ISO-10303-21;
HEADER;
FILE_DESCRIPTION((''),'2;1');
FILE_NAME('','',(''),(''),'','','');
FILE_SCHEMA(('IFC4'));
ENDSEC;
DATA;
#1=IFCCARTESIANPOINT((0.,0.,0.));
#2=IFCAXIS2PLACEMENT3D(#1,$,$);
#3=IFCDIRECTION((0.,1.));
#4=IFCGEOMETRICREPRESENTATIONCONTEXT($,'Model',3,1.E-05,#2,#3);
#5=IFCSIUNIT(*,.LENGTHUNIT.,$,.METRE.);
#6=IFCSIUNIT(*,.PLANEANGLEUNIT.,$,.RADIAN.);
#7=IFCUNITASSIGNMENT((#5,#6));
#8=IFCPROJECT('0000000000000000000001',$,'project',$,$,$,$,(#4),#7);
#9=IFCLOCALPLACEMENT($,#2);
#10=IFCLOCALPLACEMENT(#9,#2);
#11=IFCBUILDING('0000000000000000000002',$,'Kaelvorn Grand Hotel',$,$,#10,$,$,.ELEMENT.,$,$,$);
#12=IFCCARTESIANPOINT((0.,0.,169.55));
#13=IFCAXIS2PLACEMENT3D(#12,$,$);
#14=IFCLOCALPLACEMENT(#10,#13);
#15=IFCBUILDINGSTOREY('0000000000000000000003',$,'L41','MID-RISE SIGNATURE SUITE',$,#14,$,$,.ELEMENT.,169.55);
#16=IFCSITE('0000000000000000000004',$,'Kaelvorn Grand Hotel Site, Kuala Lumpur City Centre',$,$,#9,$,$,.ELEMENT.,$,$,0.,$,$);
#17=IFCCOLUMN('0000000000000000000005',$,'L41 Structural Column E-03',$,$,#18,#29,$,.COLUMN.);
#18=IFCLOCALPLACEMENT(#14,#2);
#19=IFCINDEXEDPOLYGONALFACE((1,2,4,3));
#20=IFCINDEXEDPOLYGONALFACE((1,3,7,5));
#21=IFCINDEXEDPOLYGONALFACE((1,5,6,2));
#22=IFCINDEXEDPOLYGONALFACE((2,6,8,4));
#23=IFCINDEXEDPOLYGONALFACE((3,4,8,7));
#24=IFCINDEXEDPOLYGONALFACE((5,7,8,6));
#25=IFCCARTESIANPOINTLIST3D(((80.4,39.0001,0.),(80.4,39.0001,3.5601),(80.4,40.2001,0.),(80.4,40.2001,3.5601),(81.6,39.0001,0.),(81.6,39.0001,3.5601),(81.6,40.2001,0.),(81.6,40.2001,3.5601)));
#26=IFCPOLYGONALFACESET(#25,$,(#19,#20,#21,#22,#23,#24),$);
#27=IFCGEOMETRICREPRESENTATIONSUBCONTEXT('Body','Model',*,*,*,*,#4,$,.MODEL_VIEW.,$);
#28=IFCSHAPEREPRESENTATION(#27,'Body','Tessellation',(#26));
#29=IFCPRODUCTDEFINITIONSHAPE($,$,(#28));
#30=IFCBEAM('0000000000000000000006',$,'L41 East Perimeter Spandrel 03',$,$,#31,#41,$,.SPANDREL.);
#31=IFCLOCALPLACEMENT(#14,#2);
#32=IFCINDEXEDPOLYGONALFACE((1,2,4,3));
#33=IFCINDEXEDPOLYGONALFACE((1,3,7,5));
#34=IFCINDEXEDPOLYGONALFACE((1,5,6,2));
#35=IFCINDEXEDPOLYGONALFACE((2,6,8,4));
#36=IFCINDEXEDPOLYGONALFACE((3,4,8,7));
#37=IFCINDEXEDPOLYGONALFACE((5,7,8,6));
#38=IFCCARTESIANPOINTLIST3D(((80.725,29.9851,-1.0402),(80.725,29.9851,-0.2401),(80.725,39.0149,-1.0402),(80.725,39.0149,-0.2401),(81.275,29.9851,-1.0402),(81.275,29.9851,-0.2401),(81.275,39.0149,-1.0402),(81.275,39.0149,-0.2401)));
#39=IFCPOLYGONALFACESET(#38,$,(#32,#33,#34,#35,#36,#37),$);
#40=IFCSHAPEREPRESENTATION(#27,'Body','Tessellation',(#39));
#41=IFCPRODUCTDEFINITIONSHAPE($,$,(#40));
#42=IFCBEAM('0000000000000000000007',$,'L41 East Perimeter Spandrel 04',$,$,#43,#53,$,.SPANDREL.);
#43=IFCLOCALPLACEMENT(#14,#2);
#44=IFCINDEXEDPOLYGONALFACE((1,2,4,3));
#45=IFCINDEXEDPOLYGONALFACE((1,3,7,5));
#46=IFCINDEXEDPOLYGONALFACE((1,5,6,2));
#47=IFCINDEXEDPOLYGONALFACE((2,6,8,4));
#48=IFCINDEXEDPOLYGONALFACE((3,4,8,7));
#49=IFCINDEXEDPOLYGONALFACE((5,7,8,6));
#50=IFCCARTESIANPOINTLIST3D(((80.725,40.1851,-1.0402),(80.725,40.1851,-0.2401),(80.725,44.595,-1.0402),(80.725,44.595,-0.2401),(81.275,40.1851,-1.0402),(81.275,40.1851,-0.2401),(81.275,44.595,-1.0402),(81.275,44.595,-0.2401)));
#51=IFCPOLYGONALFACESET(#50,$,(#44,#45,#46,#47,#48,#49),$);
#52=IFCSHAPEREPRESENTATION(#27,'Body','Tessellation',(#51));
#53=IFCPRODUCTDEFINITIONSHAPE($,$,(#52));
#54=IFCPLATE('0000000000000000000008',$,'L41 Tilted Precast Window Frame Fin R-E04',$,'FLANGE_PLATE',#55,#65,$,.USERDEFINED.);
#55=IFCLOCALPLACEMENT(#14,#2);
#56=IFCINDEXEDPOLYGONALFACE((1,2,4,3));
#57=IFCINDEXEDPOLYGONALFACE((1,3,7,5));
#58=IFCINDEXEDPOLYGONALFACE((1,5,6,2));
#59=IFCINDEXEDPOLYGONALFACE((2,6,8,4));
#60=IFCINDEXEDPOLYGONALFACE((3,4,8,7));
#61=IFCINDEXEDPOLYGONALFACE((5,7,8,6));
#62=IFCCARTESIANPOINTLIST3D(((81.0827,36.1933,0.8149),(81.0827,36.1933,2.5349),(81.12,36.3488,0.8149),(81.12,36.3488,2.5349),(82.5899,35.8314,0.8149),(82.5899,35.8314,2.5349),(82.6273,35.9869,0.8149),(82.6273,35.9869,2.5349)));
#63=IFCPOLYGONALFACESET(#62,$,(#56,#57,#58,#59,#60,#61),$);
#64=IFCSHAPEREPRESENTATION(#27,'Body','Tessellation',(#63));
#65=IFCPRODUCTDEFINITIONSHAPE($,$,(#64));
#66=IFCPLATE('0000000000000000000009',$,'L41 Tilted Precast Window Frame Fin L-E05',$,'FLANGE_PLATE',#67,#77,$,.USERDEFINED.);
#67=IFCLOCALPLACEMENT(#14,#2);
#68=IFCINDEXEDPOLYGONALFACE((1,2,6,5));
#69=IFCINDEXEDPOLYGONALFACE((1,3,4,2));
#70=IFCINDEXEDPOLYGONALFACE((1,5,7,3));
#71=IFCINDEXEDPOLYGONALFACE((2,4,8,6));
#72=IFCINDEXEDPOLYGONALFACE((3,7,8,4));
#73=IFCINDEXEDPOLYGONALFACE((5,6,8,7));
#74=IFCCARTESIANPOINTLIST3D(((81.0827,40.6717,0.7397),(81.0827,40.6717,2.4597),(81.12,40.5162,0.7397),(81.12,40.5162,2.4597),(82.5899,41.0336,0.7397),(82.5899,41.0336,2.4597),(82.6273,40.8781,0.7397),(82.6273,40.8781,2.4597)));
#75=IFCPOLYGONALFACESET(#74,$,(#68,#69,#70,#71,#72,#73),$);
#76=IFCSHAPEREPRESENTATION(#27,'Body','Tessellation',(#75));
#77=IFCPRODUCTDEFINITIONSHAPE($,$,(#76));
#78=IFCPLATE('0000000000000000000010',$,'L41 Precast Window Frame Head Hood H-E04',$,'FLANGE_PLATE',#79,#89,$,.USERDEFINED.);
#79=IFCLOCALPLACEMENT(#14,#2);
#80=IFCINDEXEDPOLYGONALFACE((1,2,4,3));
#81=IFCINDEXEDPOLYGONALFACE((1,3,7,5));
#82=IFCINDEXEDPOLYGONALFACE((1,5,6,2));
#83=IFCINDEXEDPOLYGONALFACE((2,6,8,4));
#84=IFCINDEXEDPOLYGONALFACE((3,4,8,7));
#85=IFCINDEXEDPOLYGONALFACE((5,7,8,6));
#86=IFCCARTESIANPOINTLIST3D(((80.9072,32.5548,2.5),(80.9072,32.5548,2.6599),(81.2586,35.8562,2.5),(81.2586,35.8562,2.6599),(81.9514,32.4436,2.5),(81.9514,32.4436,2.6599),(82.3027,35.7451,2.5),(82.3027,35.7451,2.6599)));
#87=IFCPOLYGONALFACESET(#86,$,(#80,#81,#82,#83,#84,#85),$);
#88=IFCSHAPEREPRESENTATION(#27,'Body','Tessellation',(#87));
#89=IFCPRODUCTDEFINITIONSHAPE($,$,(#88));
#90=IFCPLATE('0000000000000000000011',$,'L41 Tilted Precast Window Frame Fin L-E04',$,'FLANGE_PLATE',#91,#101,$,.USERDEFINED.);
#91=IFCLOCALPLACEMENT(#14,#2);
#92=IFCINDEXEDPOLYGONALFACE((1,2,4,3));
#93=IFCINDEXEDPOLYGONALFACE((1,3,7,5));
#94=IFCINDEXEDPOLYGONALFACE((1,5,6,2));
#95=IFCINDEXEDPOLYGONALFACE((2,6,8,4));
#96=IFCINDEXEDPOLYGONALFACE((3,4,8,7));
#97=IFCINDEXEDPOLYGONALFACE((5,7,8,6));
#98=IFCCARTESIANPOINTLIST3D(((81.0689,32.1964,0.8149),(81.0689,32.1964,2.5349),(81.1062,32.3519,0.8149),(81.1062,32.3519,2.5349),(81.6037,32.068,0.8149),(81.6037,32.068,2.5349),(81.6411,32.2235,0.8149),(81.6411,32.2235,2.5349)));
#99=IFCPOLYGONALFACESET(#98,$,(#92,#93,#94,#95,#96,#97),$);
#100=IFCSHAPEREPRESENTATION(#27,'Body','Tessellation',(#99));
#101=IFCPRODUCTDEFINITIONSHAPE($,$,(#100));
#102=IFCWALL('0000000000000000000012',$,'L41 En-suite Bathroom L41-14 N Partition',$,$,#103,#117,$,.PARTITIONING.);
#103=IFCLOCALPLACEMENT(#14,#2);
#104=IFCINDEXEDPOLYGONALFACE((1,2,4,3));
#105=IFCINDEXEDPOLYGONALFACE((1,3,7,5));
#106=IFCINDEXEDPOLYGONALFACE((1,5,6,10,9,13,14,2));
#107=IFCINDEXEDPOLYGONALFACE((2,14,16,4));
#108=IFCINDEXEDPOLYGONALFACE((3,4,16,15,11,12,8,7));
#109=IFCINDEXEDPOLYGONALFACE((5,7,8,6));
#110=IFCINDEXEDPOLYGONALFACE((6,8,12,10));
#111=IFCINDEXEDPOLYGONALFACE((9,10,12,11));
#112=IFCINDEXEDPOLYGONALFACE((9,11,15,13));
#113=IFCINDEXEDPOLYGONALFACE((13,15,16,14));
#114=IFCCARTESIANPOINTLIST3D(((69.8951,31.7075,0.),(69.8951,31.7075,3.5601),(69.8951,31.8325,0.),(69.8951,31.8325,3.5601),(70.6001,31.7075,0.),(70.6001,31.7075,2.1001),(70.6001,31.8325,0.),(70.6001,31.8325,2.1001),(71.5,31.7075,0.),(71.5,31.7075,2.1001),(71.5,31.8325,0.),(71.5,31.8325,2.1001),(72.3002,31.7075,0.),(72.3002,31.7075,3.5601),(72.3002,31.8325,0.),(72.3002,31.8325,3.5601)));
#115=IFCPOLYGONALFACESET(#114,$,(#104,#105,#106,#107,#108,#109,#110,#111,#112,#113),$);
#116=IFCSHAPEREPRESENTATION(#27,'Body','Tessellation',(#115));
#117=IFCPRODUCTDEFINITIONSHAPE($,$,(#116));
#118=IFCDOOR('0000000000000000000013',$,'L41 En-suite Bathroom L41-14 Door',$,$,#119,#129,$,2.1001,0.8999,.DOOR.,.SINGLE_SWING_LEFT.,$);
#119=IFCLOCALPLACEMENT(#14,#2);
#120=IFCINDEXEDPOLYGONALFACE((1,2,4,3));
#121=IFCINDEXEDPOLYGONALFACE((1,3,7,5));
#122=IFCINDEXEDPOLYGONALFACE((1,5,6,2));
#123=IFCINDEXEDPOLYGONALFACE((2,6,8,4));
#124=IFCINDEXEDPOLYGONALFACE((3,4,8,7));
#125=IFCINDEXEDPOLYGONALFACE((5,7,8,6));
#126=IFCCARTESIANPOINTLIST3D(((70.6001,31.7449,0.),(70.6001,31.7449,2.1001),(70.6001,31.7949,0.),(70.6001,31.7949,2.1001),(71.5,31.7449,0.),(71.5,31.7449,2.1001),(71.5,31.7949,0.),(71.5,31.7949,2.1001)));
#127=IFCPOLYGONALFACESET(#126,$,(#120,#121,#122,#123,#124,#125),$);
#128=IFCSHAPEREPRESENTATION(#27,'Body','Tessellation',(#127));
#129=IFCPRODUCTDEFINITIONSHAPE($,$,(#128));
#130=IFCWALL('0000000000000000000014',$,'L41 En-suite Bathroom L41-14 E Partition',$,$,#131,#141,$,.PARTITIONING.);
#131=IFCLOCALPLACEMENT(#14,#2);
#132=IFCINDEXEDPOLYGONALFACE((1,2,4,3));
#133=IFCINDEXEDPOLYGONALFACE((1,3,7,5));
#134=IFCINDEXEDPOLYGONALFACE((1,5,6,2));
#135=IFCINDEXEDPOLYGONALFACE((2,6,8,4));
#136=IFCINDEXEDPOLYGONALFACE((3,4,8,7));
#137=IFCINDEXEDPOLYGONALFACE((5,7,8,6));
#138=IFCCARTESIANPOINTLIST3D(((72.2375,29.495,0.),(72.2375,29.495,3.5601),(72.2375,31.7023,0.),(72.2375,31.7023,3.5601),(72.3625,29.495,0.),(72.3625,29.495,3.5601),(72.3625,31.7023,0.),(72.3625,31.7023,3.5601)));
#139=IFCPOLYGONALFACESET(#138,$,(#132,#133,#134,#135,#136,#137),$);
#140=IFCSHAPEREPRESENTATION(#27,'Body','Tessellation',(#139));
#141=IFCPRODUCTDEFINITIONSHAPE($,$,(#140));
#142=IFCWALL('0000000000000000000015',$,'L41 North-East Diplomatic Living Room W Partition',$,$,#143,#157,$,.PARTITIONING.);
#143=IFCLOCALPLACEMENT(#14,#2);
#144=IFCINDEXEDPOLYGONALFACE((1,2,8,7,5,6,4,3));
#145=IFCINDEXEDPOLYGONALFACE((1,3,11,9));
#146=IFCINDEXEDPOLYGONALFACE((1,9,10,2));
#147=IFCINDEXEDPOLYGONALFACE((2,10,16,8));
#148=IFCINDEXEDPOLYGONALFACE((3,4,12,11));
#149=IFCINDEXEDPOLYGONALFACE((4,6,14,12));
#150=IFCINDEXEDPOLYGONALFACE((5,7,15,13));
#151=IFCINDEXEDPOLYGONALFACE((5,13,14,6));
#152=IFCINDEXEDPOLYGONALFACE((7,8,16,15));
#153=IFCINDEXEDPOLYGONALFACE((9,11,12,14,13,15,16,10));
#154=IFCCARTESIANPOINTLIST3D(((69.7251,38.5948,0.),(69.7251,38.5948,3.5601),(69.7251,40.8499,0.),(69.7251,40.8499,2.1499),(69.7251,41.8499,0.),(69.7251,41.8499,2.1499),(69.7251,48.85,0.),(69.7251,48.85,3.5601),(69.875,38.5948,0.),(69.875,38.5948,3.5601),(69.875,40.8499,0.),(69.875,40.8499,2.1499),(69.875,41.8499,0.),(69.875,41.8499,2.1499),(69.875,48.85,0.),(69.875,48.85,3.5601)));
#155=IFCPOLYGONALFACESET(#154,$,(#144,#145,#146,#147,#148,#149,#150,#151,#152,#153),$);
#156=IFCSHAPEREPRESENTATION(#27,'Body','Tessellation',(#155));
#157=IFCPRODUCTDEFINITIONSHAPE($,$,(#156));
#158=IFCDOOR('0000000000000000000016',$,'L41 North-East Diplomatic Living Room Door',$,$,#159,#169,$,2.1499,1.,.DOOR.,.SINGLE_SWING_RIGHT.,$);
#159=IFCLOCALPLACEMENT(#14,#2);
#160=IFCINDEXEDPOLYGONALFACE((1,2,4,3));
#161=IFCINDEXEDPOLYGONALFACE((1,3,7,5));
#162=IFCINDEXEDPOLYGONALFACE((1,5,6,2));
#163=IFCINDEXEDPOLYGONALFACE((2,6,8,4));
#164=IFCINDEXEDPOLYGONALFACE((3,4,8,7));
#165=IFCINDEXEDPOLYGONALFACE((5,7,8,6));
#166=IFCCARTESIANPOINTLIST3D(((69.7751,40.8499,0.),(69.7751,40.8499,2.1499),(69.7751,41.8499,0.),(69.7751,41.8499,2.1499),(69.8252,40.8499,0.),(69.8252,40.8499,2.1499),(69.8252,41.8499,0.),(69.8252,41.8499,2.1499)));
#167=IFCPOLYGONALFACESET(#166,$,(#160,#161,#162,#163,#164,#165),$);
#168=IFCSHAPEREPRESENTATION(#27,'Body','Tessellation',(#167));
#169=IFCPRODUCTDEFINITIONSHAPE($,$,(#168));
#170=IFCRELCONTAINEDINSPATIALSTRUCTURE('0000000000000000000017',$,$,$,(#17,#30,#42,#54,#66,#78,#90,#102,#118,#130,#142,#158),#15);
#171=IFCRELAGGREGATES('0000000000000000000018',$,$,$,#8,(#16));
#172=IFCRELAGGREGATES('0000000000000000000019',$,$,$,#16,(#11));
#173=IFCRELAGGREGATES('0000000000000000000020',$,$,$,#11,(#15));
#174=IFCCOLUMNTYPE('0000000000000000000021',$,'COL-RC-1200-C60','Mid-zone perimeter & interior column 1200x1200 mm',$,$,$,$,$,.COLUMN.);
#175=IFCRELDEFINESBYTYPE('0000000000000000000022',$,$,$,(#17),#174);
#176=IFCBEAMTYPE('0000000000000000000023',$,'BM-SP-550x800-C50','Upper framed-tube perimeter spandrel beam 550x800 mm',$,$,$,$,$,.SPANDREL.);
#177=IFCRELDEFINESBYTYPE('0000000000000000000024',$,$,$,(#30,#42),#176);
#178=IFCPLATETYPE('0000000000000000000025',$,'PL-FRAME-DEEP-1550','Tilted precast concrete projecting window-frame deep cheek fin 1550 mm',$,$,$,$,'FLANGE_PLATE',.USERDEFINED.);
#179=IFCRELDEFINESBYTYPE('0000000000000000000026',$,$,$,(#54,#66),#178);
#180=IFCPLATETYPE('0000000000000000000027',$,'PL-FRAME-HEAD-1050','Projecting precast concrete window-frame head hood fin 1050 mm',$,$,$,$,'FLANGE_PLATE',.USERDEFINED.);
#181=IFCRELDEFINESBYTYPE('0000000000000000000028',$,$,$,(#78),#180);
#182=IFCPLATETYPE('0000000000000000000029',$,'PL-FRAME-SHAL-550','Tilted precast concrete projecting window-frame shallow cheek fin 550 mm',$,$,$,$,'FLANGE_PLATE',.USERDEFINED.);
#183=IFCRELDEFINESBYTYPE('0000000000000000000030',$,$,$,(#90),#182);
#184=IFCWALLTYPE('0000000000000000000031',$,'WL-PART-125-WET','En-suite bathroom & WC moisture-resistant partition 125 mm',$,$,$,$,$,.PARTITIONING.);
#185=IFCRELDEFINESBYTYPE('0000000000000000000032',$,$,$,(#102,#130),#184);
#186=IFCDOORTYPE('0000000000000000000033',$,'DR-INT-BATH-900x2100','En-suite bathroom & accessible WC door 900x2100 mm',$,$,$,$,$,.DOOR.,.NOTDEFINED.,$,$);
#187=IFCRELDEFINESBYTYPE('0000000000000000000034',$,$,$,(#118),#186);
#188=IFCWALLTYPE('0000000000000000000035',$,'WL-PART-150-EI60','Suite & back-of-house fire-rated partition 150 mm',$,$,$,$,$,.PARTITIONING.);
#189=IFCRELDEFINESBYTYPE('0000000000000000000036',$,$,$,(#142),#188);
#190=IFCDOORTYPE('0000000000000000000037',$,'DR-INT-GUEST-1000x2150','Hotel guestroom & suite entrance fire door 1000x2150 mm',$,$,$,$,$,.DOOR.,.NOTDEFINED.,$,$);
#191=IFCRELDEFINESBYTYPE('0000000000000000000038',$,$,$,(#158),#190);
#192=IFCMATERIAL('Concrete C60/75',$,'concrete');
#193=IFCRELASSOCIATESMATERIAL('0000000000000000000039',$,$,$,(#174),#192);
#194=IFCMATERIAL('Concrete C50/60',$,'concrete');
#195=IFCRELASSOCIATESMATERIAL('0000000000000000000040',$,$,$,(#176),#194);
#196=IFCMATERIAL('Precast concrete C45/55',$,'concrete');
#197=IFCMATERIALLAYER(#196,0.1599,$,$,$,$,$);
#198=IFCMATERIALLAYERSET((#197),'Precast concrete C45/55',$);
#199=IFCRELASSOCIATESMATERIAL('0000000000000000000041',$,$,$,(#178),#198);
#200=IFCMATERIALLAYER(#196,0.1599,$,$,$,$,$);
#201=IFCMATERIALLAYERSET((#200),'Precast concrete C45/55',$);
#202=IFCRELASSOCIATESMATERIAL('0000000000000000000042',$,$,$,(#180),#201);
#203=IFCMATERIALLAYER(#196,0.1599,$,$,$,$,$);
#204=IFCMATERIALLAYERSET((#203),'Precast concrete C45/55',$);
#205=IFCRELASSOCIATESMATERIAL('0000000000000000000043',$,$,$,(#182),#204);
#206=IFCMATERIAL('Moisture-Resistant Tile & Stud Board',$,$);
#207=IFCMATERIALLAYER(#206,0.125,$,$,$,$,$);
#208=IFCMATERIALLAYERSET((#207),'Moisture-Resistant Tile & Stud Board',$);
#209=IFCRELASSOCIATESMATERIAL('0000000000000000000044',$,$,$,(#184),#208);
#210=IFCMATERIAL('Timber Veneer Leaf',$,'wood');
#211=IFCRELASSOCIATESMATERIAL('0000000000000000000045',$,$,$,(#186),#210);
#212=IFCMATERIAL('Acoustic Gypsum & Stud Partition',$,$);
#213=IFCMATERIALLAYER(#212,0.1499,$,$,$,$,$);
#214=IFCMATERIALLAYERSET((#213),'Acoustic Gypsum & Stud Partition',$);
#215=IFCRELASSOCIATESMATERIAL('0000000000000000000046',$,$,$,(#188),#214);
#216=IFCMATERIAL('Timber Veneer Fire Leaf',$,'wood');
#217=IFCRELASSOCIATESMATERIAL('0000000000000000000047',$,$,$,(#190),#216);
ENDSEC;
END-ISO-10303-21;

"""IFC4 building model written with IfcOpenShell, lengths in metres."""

from ifc_helpers import new_model, si_unit, direction, frame, frame_2d, origin, origin_2d, place, context, subcontext, project, spatial, rectangle, extrude, material, layer, layer_set, material_profile, profile_set, type_object, element, fill, save


model = new_model("IFC4")

# Units and contexts
model_context = context("Model", 3, precision=1e-05, world=origin(), true_north=direction((0.0, 1.0)))
body_context = subcontext(model_context, "Body", "Model", "MODEL_VIEW")
ifc_project = project(units=[si_unit("LENGTHUNIT", "METRE"), si_unit("PLANEANGLEUNIT", "RADIAN")], contexts=[model_context])

# Site, building, storey
site_placement = place(None, origin())
site = spatial("IfcSite", under=ifc_project, at=site_placement, Name="Kaelvorn Grand Hotel Site, Kuala Lumpur City Centre", CompositionType="ELEMENT", RefElevation=0.0)
building_placement = place(site_placement, origin())
building = spatial("IfcBuilding", under=site, at=building_placement, Name="Kaelvorn Grand Hotel", CompositionType="ELEMENT")
storey_placement = place(building_placement, frame((0.0, 0.0, 169.55)))
storey = spatial("IfcBuildingStorey", under=building, at=storey_placement, Name="L41", Description="MID-RISE SIGNATURE SUITE", CompositionType="ELEMENT", Elevation=169.55)

# Column
ifc_material_1 = material(Name="Concrete C60/75", Category="concrete")
ifc_material_profile_1 = material_profile(ifc_material_1, rectangle(XDim=1.2, YDim=1.2, at=origin_2d()), Name="RC COL 1200x1200")
ifc_profile_set_1 = profile_set([ifc_material_profile_1], Name="Concrete C60/75")
column_type = type_object("IfcColumnType", Name="COL-RC-1200-C60", Description="Mid-zone perimeter & interior column 1200x1200 mm", PredefinedType="COLUMN", material=ifc_profile_set_1)
column_placement = place(storey_placement, frame((81.0, 39.6001, 0.0), z_axis=(0.0, 0.0, 1.0), x_axis=(1.0, 0.0, 0.0)))
element("IfcColumn", 1, at=column_placement, inside=storey, type_object=column_type, Name="L41 Structural Column E-03", PredefinedType="COLUMN", context=body_context, shape_type="SweptSolid", body=[
    extrude(rectangle(XDim=1.2, YDim=1.2, at=origin_2d()), origin(), (0.0, 0.0, 1.0), 3.5601),
])

# Beams
ifc_material_2 = material(Name="Concrete C50/60", Category="concrete")
ifc_material_profile_2 = material_profile(ifc_material_2, rectangle(XDim=0.55, YDim=0.8, at=origin_2d()), Name="RC SPANDREL 550x800")
ifc_profile_set_2 = profile_set([ifc_material_profile_2], Name="Concrete C50/60")
beam_type = type_object("IfcBeamType", Name="BM-SP-550x800-C50", Description="Upper framed-tube perimeter spandrel beam 550x800 mm", PredefinedType="SPANDREL", material=ifc_profile_set_2)
beam_1_placement = place(storey_placement, frame((81.0, 29.9851, -0.6401), z_axis=(0.0, 1.0, 0.0), x_axis=(-1.0, 0.0, 0.0)))
element("IfcBeam", 2, at=beam_1_placement, inside=storey, type_object=beam_type, Name="L41 East Perimeter Spandrel 03", PredefinedType="SPANDREL", context=body_context, shape_type="SweptSolid", body=[
    extrude(rectangle(XDim=0.55, YDim=0.8, at=origin_2d()), origin(), (0.0, 0.0, 1.0), 9.0298),
])
beam_2_placement = place(storey_placement, frame((81.0, 40.1851, -0.6401), z_axis=(0.0, 1.0, 0.0), x_axis=(-1.0, 0.0, 0.0)))
element("IfcBeam", 3, at=beam_2_placement, inside=storey, type_object=beam_type, Name="L41 East Perimeter Spandrel 04", PredefinedType="SPANDREL", context=body_context, shape_type="SweptSolid", body=[
    extrude(rectangle(XDim=0.55, YDim=0.8, at=origin_2d()), origin(), (0.0, 0.0, 1.0), 4.4099),
])

# Plates
ifc_material_3 = material(Name="Precast concrete C45/55", Category="concrete")
ifc_layer_1 = layer(ifc_material_3, 0.1599)
ifc_layer_set_1 = layer_set([ifc_layer_1], Name="Precast concrete C45/55")
plate_type_1 = type_object("IfcPlateType", Name="PL-FRAME-DEEP-1550", Description="Tilted precast concrete projecting window-frame deep cheek fin 1550 mm", ElementType="FLANGE_PLATE", PredefinedType="USERDEFINED", material=ifc_layer_set_1)
for number, where, z_axis, x_axis, name in (
    (4, (81.855, 36.0901, 0.8149), (0.0, 0.0, 1.0), (0.233445, 0.97237, 0.0), "L41 Tilted Precast Window Frame Fin R-E04"),
    (5, (81.855, 40.7749, 0.7397), (0.0, 0.0, 1.0), (-0.233445, 0.97237, 0.0), "L41 Tilted Precast Window Frame Fin L-E05"),
):
    element("IfcPlate", number, at=place(storey_placement, frame(where, z_axis=z_axis, x_axis=x_axis)), inside=storey, type_object=plate_type_1, Name=name, ObjectType="FLANGE_PLATE", PredefinedType="USERDEFINED", context=body_context, shape_type="SweptSolid", body=[
        extrude(rectangle(XDim=0.1599, YDim=1.55, at=origin_2d()), origin(), (0.0, 0.0, 1.0), 1.72),
    ])
ifc_layer_2 = layer(ifc_material_3, 0.1599)
ifc_layer_set_2 = layer_set([ifc_layer_2], Name="Precast concrete C45/55")
plate_type_2 = type_object("IfcPlateType", Name="PL-FRAME-HEAD-1050", Description="Projecting precast concrete window-frame head hood fin 1050 mm", ElementType="FLANGE_PLATE", PredefinedType="USERDEFINED", material=ifc_layer_set_2)
plate_1_placement = place(storey_placement, frame((81.605, 34.1499, 2.5), z_axis=(0.0, 0.0, 1.0), x_axis=(0.10583, 0.994384, 0.0)))
element("IfcPlate", 6, at=plate_1_placement, inside=storey, type_object=plate_type_2, Name="L41 Precast Window Frame Head Hood H-E04", ObjectType="FLANGE_PLATE", PredefinedType="USERDEFINED", context=body_context, shape_type="SweptSolid", body=[
    extrude(rectangle(XDim=3.3201, YDim=1.05, at=origin_2d()), origin(), (0.0, 0.0, 1.0), 0.1599),
])
ifc_layer_3 = layer(ifc_material_3, 0.1599)
ifc_layer_set_3 = layer_set([ifc_layer_3], Name="Precast concrete C45/55")
plate_type_3 = type_object("IfcPlateType", Name="PL-FRAME-SHAL-550", Description="Tilted precast concrete projecting window-frame shallow cheek fin 550 mm", ElementType="FLANGE_PLATE", PredefinedType="USERDEFINED", material=ifc_layer_set_3)
plate_2_placement = place(storey_placement, frame((81.355, 32.21, 0.8149), z_axis=(0.0, 0.0, 1.0), x_axis=(0.233445, 0.97237, 0.0)))
element("IfcPlate", 7, at=plate_2_placement, inside=storey, type_object=plate_type_3, Name="L41 Tilted Precast Window Frame Fin L-E04", ObjectType="FLANGE_PLATE", PredefinedType="USERDEFINED", context=body_context, shape_type="SweptSolid", body=[
    extrude(rectangle(XDim=0.1599, YDim=0.55, at=origin_2d()), origin(), (0.0, 0.0, 1.0), 1.72),
])

# Wall, opening, door
ifc_material_4 = material(Name="Moisture-Resistant Tile & Stud Board")
ifc_layer_4 = layer(ifc_material_4, 0.125)
ifc_layer_set_4 = layer_set([ifc_layer_4], Name="Moisture-Resistant Tile & Stud Board")
wall_type_1 = type_object("IfcWallType", Name="WL-PART-125-WET", Description="En-suite bathroom & WC moisture-resistant partition 125 mm", PredefinedType="PARTITIONING", material=ifc_layer_set_4)
wall_1_placement = place(storey_placement, frame((69.895, 31.77, 0.0), z_axis=(0.0, 0.0, 1.0), x_axis=(1.0, 0.0, 0.0)))
wall_1 = element("IfcWall", 8, at=wall_1_placement, inside=storey, type_object=wall_type_1, Name="L41 En-suite Bathroom L41-14 N Partition", PredefinedType="PARTITIONING", context=body_context, shape_type="SweptSolid", body=[
    extrude(rectangle(XDim=2.405, YDim=0.125, at=frame_2d((1.2026, 0.0))), origin(), (0.0, 0.0, 1.0), 3.5601),
])
opening_1_placement = place(wall_1_placement, frame((0.7051, 0.0, 0.0)))
opening_1 = element("IfcOpeningElement", 9, at=opening_1_placement, cuts=wall_1, PredefinedType="OPENING", context=body_context, shape_type="SweptSolid", body=[
    extrude(rectangle(XDim=0.8999, YDim=2.1001, at=frame_2d((0.45, 1.05))), frame((0.0, 0.0725, 0.0), z_axis=(0.0, -1.0, 0.0), x_axis=(1.0, 0.0, 0.0)), (0.0, 0.0, 1.0), 0.145),
])
ifc_material_5 = material(Name="Timber Veneer Leaf", Category="wood")
door_type_1 = type_object("IfcDoorType", Name="DR-INT-BATH-900x2100", Description="En-suite bathroom & accessible WC door 900x2100 mm", OperationType="NOTDEFINED", PredefinedType="DOOR", material=ifc_material_5)
door_1_placement = place(opening_1_placement, origin())
door_1 = element("IfcDoor", 10, at=door_1_placement, inside=storey, type_object=door_type_1, Name="L41 En-suite Bathroom L41-14 Door", OperationType="SINGLE_SWING_LEFT", OverallHeight=2.1001, OverallWidth=0.8999, PredefinedType="DOOR", context=body_context, shape_type="SweptSolid", body=[
    extrude(rectangle(XDim=0.8999, YDim=2.1001, at=frame_2d((0.45, 1.05))), frame((0.0, 0.0249, 0.0), z_axis=(0.0, -1.0, 0.0), x_axis=(1.0, 0.0, 0.0)), (0.0, 0.0, 1.0), 0.05),
])
fill(opening_1, door_1)

# Wall
wall_2_placement = place(storey_placement, frame((72.3, 29.4951, 0.0), z_axis=(0.0, 0.0, 1.0), x_axis=(0.0, 1.0, 0.0)))
element("IfcWall", 11, at=wall_2_placement, inside=storey, type_object=wall_type_1, Name="L41 En-suite Bathroom L41-14 E Partition", PredefinedType="PARTITIONING", context=body_context, shape_type="SweptSolid", body=[
    extrude(rectangle(XDim=2.2073, YDim=0.125, at=frame_2d((1.1035, 0.0))), origin(), (0.0, 0.0, 1.0), 3.5601),
])

# Wall, opening, door
ifc_material_6 = material(Name="Acoustic Gypsum & Stud Partition")
ifc_layer_5 = layer(ifc_material_6, 0.1499)
ifc_layer_set_5 = layer_set([ifc_layer_5], Name="Acoustic Gypsum & Stud Partition")
wall_type_2 = type_object("IfcWallType", Name="WL-PART-150-EI60", Description="Suite & back-of-house fire-rated partition 150 mm", PredefinedType="PARTITIONING", material=ifc_layer_set_5)
wall_3_placement = place(storey_placement, frame((69.8, 38.595, 0.0), z_axis=(0.0, 0.0, 1.0), x_axis=(0.0, 1.0, 0.0)))
wall_3 = element("IfcWall", 12, at=wall_3_placement, inside=storey, type_object=wall_type_2, Name="L41 North-East Diplomatic Living Room W Partition", PredefinedType="PARTITIONING", context=body_context, shape_type="SweptSolid", body=[
    extrude(rectangle(XDim=10.2551, YDim=0.1499, at=frame_2d((5.1274, 0.0))), origin(), (0.0, 0.0, 1.0), 3.5601),
])
opening_2_placement = place(wall_3_placement, frame((2.2549, 0.0, 0.0)))
opening_2 = element("IfcOpeningElement", 13, at=opening_2_placement, cuts=wall_3, PredefinedType="OPENING", context=body_context, shape_type="SweptSolid", body=[
    extrude(rectangle(XDim=1.0, YDim=2.1499, at=frame_2d((0.5, 1.075))), frame((0.0, 0.085, 0.0), z_axis=(0.0, -1.0, 0.0), x_axis=(1.0, 0.0, 0.0)), (0.0, 0.0, 1.0), 0.1699),
])
ifc_material_7 = material(Name="Timber Veneer Fire Leaf", Category="wood")
door_type_2 = type_object("IfcDoorType", Name="DR-INT-GUEST-1000x2150", Description="Hotel guestroom & suite entrance fire door 1000x2150 mm", OperationType="NOTDEFINED", PredefinedType="DOOR", material=ifc_material_7)
door_2_placement = place(opening_2_placement, origin())
door_2 = element("IfcDoor", 14, at=door_2_placement, inside=storey, type_object=door_type_2, Name="L41 North-East Diplomatic Living Room Door", OperationType="SINGLE_SWING_RIGHT", OverallHeight=2.1499, OverallWidth=1.0, PredefinedType="DOOR", context=body_context, shape_type="SweptSolid", body=[
    extrude(rectangle(XDim=1.0, YDim=2.1499, at=frame_2d((0.5, 1.075))), frame((0.0, 0.0249, 0.0), z_axis=(0.0, -1.0, 0.0), x_axis=(1.0, 0.0, 0.0)), (0.0, 0.0, 1.0), 0.05),
])
fill(opening_2, door_2)

save(model, "model.ifc")
